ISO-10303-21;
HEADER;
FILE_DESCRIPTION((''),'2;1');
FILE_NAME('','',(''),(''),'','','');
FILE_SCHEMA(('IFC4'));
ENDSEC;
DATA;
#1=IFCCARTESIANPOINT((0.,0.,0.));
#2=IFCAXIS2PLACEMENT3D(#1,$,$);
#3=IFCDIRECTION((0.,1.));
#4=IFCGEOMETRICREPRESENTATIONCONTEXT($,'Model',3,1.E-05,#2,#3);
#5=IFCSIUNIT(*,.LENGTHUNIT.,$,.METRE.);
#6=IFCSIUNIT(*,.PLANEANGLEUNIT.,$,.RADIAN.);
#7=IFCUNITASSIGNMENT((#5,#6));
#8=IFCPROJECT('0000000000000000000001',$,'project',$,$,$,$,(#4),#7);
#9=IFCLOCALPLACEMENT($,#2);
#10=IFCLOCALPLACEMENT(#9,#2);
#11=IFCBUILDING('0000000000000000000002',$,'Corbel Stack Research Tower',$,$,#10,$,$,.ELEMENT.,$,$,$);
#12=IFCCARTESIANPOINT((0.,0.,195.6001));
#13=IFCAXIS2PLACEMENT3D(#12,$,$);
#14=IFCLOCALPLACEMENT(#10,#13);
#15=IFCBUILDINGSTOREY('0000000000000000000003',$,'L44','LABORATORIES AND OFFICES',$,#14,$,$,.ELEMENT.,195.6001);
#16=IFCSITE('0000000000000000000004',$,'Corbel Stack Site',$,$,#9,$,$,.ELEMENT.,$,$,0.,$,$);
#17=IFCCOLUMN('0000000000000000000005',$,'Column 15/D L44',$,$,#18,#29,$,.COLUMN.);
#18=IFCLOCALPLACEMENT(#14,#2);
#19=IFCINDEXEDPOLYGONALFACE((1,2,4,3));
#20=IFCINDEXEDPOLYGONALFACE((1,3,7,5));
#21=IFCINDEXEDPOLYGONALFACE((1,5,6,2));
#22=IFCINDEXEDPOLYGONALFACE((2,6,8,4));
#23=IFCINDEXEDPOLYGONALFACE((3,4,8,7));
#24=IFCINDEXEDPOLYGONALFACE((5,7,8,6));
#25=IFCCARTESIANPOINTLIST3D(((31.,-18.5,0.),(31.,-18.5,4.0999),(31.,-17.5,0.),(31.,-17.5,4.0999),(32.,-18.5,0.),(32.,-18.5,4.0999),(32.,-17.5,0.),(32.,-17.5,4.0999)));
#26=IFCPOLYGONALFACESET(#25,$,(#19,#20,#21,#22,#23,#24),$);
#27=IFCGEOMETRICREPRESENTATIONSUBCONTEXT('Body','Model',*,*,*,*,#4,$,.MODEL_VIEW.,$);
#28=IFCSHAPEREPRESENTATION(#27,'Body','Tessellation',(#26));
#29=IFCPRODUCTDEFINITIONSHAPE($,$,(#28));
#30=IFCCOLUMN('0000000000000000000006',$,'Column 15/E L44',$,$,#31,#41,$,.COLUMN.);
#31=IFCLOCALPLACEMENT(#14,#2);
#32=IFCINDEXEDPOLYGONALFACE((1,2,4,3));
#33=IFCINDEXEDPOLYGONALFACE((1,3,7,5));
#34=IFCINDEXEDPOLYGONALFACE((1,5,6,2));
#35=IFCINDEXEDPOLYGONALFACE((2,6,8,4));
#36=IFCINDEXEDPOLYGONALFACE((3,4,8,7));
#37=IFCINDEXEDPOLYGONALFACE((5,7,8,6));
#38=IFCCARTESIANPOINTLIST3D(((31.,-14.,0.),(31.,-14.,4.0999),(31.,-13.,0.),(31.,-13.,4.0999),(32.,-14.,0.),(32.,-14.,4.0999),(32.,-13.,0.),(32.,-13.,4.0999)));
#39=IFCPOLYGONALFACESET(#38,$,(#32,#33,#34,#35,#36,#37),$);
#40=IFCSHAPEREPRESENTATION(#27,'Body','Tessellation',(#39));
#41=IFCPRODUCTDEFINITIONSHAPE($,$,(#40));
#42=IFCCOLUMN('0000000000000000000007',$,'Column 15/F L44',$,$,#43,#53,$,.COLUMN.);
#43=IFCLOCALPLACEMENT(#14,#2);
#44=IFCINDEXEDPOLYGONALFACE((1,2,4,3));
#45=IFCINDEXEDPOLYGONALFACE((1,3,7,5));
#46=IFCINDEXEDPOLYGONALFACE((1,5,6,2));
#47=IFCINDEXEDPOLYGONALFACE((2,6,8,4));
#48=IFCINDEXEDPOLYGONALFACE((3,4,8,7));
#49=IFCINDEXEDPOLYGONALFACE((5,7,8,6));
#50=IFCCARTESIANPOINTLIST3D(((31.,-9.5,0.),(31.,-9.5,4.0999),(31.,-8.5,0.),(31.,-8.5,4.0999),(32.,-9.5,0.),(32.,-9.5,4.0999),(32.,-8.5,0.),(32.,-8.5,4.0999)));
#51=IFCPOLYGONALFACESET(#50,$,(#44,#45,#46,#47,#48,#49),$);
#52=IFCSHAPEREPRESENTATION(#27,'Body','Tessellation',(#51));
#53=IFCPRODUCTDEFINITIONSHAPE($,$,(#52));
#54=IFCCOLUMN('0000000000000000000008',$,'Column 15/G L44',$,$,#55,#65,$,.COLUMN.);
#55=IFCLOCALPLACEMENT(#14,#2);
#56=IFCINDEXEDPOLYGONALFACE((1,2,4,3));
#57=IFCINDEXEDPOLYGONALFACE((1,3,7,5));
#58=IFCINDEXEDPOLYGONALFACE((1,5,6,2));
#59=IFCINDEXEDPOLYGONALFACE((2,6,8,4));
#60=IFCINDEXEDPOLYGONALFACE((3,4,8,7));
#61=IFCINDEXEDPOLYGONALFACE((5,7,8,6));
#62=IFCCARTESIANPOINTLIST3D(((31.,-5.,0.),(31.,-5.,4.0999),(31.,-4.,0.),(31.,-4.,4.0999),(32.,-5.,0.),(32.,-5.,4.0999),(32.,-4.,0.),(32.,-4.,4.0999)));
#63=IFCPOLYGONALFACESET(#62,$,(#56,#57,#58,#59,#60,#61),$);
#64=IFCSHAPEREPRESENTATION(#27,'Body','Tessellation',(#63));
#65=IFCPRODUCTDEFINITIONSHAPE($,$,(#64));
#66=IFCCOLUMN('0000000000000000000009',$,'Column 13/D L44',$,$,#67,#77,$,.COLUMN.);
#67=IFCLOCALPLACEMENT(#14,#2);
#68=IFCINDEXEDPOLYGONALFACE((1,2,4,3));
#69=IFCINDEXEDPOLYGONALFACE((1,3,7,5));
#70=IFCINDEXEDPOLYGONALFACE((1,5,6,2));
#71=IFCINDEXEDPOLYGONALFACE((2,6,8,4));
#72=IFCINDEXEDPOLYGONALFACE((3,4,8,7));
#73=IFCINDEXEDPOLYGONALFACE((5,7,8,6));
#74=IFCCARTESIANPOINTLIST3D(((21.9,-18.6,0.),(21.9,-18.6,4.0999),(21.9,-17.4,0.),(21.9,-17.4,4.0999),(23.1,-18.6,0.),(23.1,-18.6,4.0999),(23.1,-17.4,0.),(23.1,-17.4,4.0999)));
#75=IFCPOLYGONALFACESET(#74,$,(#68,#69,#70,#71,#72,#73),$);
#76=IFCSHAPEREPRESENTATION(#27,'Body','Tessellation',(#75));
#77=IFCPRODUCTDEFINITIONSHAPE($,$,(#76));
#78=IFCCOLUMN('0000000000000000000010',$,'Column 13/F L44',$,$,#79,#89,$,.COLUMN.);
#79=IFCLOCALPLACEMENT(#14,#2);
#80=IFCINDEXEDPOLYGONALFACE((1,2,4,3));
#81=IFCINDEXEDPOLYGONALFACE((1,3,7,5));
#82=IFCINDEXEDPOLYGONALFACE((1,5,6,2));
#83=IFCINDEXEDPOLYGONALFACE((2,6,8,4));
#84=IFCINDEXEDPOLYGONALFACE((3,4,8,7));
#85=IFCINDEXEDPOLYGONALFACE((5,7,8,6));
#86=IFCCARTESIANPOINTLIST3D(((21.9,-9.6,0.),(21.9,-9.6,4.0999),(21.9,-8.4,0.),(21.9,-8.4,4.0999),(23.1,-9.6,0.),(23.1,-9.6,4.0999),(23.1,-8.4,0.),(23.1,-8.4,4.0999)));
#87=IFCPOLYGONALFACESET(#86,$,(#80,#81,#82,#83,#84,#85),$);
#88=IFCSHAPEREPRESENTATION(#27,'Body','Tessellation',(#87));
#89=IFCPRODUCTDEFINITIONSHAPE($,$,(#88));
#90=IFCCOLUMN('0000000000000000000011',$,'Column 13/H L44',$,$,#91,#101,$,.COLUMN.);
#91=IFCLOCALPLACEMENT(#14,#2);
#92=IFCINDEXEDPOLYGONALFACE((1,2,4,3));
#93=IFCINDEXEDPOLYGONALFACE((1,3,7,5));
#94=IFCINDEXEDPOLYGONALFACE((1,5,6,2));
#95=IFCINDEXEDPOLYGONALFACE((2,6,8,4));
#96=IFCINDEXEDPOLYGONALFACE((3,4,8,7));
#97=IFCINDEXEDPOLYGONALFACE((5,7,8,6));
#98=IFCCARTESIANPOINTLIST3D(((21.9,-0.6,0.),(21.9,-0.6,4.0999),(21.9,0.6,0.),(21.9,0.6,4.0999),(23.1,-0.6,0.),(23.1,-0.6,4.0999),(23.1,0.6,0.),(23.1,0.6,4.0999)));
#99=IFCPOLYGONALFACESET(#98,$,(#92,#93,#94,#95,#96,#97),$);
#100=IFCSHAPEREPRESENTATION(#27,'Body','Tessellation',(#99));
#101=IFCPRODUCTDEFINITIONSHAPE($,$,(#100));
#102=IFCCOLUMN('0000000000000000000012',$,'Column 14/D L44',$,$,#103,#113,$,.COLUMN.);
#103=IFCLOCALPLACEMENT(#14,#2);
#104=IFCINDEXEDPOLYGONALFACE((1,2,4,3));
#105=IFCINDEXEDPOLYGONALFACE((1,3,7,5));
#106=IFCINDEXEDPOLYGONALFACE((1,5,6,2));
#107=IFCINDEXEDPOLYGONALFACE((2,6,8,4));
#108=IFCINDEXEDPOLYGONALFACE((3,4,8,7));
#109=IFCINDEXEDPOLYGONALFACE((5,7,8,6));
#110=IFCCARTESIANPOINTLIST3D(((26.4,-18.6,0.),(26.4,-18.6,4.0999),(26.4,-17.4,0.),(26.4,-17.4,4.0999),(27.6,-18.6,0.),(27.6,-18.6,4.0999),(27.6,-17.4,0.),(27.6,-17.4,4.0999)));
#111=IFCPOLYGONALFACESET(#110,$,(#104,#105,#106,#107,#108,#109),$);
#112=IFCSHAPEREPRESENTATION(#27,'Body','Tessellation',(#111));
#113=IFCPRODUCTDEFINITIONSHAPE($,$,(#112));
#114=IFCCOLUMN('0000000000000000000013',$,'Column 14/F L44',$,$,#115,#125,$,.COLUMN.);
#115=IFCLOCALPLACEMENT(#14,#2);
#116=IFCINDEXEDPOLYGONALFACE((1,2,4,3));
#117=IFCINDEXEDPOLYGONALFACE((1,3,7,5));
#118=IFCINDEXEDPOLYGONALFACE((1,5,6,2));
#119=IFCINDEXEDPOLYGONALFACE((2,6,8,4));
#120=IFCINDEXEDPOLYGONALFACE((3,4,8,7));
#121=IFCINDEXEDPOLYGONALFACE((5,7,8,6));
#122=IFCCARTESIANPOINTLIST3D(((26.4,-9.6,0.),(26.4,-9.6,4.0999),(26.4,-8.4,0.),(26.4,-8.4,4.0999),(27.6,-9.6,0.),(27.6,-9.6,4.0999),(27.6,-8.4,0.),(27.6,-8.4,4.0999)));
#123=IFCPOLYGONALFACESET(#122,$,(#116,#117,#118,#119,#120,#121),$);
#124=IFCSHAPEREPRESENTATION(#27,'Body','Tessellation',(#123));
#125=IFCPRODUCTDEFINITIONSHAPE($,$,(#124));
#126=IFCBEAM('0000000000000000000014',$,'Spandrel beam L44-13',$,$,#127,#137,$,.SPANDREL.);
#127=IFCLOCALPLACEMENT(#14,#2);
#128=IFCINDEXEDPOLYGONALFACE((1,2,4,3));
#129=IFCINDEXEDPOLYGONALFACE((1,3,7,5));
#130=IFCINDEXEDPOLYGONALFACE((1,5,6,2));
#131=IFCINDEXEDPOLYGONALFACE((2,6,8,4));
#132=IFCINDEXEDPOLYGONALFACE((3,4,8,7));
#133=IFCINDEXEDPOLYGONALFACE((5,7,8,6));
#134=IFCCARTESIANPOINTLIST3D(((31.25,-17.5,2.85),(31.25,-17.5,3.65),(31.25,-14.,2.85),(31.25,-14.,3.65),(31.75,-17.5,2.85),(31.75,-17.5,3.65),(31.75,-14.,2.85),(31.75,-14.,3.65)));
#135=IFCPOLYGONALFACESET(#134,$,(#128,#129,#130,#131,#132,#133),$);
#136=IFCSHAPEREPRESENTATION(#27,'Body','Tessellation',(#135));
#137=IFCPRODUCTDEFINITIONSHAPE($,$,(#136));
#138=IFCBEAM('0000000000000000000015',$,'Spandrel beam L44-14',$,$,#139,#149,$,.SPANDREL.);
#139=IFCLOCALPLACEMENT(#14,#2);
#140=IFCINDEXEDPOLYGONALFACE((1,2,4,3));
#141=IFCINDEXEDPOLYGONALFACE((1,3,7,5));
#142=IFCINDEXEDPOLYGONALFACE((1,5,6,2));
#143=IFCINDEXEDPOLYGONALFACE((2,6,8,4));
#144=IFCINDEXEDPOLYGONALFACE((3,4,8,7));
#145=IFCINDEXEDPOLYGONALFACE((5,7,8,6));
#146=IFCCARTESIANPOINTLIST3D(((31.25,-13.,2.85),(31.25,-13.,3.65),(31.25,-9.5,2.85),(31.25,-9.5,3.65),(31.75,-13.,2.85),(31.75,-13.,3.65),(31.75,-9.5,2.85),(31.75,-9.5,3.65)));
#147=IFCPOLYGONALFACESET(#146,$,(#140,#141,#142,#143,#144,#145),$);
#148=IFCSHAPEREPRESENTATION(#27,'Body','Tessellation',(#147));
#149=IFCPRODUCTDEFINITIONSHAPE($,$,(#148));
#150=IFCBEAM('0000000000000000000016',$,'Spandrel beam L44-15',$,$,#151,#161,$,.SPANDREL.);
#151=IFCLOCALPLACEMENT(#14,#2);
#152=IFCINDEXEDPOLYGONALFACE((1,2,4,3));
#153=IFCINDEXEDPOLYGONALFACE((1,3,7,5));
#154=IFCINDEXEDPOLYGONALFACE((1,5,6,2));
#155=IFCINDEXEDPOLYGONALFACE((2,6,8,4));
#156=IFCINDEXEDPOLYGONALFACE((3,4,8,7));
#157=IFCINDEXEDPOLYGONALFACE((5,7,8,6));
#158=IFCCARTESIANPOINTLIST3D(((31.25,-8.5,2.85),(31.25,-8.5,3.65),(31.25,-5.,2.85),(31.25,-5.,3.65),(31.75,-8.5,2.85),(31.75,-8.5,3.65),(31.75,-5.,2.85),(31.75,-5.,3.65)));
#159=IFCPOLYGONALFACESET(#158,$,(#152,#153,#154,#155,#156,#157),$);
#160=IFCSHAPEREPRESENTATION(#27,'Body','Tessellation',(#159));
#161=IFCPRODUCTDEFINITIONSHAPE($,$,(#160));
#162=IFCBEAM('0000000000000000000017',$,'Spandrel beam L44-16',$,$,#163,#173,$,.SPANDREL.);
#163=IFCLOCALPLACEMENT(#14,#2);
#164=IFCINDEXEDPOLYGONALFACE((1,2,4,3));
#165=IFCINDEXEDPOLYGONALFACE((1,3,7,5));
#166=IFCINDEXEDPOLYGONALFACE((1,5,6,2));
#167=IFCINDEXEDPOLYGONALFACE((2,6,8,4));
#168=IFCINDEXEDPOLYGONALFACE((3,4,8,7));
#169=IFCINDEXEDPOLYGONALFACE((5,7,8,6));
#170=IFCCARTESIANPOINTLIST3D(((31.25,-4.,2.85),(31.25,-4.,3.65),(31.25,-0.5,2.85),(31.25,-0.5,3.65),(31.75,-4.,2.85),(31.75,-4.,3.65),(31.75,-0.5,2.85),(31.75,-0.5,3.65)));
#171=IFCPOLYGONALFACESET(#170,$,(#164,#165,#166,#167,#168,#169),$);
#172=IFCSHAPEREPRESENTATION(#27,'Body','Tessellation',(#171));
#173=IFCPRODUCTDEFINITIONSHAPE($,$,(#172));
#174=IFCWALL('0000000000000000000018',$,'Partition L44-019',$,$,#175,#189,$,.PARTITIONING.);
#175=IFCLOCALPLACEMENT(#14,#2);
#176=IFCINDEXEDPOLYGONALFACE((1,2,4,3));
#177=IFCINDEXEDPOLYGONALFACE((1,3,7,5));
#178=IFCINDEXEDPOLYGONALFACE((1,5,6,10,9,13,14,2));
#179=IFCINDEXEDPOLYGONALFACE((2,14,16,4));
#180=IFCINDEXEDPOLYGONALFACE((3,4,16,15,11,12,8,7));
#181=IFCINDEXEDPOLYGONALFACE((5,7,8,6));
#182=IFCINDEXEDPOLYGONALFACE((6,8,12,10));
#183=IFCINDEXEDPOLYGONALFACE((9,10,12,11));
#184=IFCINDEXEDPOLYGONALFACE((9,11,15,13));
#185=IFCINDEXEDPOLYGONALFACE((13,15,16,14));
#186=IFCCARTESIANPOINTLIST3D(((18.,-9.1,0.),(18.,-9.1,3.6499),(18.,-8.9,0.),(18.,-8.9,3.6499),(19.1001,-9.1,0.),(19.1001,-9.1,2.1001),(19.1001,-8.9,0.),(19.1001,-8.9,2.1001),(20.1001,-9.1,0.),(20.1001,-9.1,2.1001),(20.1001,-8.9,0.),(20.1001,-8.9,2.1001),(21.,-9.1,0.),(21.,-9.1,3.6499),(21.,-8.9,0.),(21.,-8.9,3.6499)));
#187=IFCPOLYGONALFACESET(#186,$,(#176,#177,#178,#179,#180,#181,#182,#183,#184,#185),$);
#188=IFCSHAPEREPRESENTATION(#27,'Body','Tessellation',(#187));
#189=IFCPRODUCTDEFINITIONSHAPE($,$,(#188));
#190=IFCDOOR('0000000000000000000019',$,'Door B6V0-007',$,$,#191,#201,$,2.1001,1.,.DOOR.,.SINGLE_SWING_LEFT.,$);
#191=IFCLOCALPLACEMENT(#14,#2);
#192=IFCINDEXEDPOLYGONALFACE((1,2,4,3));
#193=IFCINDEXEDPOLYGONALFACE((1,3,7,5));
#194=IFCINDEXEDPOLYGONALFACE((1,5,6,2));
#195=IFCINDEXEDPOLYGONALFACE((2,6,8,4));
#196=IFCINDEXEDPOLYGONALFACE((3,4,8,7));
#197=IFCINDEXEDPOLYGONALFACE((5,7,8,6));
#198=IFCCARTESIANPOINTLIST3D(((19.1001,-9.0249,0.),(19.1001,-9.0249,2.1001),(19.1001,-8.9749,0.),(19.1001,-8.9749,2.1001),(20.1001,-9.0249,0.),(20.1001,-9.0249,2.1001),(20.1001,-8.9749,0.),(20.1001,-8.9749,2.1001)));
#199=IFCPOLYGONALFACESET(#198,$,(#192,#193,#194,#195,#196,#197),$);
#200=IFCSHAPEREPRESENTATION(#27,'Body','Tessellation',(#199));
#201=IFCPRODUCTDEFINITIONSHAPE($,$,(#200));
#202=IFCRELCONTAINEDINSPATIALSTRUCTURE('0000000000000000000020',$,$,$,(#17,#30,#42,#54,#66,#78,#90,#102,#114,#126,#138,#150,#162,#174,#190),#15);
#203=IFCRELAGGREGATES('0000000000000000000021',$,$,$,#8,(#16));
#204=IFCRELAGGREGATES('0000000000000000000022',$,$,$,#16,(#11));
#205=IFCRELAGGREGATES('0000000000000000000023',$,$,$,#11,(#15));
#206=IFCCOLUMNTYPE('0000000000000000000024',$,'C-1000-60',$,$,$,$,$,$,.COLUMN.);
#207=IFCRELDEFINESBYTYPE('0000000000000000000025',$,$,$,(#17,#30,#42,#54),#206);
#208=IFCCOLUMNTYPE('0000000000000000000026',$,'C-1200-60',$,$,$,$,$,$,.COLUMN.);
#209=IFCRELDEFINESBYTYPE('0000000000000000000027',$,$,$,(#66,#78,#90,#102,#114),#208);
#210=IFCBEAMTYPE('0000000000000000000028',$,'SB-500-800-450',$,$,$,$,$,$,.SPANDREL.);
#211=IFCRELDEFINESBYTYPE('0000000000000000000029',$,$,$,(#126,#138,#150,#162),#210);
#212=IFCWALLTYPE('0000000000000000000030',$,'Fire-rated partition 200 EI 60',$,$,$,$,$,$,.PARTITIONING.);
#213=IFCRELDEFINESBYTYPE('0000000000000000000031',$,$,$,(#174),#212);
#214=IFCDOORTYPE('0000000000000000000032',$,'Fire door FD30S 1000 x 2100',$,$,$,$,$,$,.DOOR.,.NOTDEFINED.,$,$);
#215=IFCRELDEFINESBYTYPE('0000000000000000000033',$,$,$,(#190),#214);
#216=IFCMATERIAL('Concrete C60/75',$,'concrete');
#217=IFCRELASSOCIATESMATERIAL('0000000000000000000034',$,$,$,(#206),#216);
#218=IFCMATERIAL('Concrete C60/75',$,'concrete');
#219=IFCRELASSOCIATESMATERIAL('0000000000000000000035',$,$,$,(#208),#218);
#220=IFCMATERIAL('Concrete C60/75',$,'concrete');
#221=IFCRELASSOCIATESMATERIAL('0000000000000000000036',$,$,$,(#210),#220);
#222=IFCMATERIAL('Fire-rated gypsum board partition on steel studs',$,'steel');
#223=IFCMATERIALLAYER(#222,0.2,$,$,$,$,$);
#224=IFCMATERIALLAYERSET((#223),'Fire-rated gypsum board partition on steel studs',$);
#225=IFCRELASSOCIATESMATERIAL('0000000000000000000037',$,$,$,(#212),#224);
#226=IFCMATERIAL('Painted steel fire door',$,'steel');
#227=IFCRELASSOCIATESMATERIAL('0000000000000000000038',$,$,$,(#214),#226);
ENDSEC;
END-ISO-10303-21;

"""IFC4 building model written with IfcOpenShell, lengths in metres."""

from ifc_helpers import new_model, si_unit, direction, frame, frame_2d, origin, origin_2d, place, context, subcontext, project, spatial, rectangle, extrude, material, layer, layer_set, material_profile, profile_set, type_object, element, fill, save


model = new_model("IFC4")

# Units and contexts
model_context = context("Model", 3, precision=1e-05, world=origin(), true_north=direction((0.0, 1.0)))
body_context = subcontext(model_context, "Body", "Model", "MODEL_VIEW")
ifc_project = project(units=[si_unit("LENGTHUNIT", "METRE"), si_unit("PLANEANGLEUNIT", "RADIAN")], contexts=[model_context])

# Site, building, storey
site_placement = place(None, origin())
site = spatial("IfcSite", under=ifc_project, at=site_placement, Name="Corbel Stack Site", CompositionType="ELEMENT", RefElevation=0.0)
building_placement = place(site_placement, origin())
building = spatial("IfcBuilding", under=site, at=building_placement, Name="Corbel Stack Research Tower", CompositionType="ELEMENT")
storey_placement = place(building_placement, frame((0.0, 0.0, 195.6001)))
storey = spatial("IfcBuildingStorey", under=building, at=storey_placement, Name="L44", Description="LABORATORIES AND OFFICES", CompositionType="ELEMENT", Elevation=195.6001)

# Columns
ifc_material_1 = material(Name="Concrete C60/75", Category="concrete")
ifc_material_profile_1 = material_profile(ifc_material_1, rectangle(XDim=1.0, YDim=1.0, at=origin_2d()), Name="RC 1000 x 1000")
ifc_profile_set_1 = profile_set([ifc_material_profile_1], Name="Concrete C60/75")
column_type_1 = type_object("IfcColumnType", Name="C-1000-60", PredefinedType="COLUMN", material=ifc_profile_set_1)
for number, where, z_axis, x_axis, name in (
    (1, (31.5, -18.0, 0.0), (0.0, 0.0, 1.0), (1.0, 0.0, 0.0), "Column 15/D L44"),
    (2, (31.5, -13.5, 0.0), (0.0, 0.0, 1.0), (1.0, 0.0, 0.0), "Column 15/E L44"),
    (3, (31.5, -9.0, 0.0), (0.0, 0.0, 1.0), (1.0, 0.0, 0.0), "Column 15/F L44"),
    (4, (31.5, -4.5, 0.0), (0.0, 0.0, 1.0), (1.0, 0.0, 0.0), "Column 15/G L44"),
):
    element("IfcColumn", number, at=place(storey_placement, frame(where, z_axis=z_axis, x_axis=x_axis)), inside=storey, type_object=column_type_1, Name=name, PredefinedType="COLUMN", context=body_context, shape_type="SweptSolid", body=[
        extrude(rectangle(XDim=1.0, YDim=1.0, at=origin_2d()), origin(), (0.0, 0.0, 1.0), 4.0999),
    ])
ifc_material_2 = material(Name="Concrete C60/75", Category="concrete")
ifc_material_profile_2 = material_profile(ifc_material_2, rectangle(XDim=1.2, YDim=1.2, at=origin_2d()), Name="RC 1200 x 1200")
ifc_profile_set_2 = profile_set([ifc_material_profile_2], Name="Concrete C60/75")
column_type_2 = type_object("IfcColumnType", Name="C-1200-60", PredefinedType="COLUMN", material=ifc_profile_set_2)
for number, where, z_axis, x_axis, name in (
    (5, (22.5, -18.0, 0.0), (0.0, 0.0, 1.0), (1.0, 0.0, 0.0), "Column 13/D L44"),
    (6, (22.5, -9.0, 0.0), (0.0, 0.0, 1.0), (1.0, 0.0, 0.0), "Column 13/F L44"),
    (7, (22.5, 0.0, 0.0), (0.0, 0.0, 1.0), (1.0, 0.0, 0.0), "Column 13/H L44"),
    (8, (27.0, -18.0, 0.0), (0.0, 0.0, 1.0), (1.0, 0.0, 0.0), "Column 14/D L44"),
    (9, (27.0, -9.0, 0.0), (0.0, 0.0, 1.0), (1.0, 0.0, 0.0), "Column 14/F L44"),
):
    element("IfcColumn", number, at=place(storey_placement, frame(where, z_axis=z_axis, x_axis=x_axis)), inside=storey, type_object=column_type_2, Name=name, PredefinedType="COLUMN", context=body_context, shape_type="SweptSolid", body=[
        extrude(rectangle(XDim=1.2, YDim=1.2, at=origin_2d()), origin(), (0.0, 0.0, 1.0), 4.0999),
    ])

# Beams
ifc_material_3 = material(Name="Concrete C60/75", Category="concrete")
ifc_material_profile_3 = material_profile(ifc_material_3, rectangle(XDim=0.5, YDim=0.8, at=origin_2d()), Name="RC 500 x 800")
ifc_profile_set_3 = profile_set([ifc_material_profile_3], Name="Concrete C60/75")
beam_type = type_object("IfcBeamType", Name="SB-500-800-450", PredefinedType="SPANDREL", material=ifc_profile_set_3)
for number, where, z_axis, x_axis, name in (
    (10, (31.5, -17.5, 3.25), (0.0, 1.0, 0.0), (-1.0, 0.0, 0.0), "Spandrel beam L44-13"),
    (11, (31.5, -13.0, 3.25), (0.0, 1.0, 0.0), (-1.0, 0.0, 0.0), "Spandrel beam L44-14"),
    (12, (31.5, -8.5, 3.25), (0.0, 1.0, 0.0), (-1.0, 0.0, 0.0), "Spandrel beam L44-15"),
    (13, (31.5, -4.0, 3.25), (0.0, 1.0, 0.0), (-1.0, 0.0, 0.0), "Spandrel beam L44-16"),
):
    element("IfcBeam", number, at=place(storey_placement, frame(where, z_axis=z_axis, x_axis=x_axis)), inside=storey, type_object=beam_type, Name=name, PredefinedType="SPANDREL", context=body_context, shape_type="SweptSolid", body=[
        extrude(rectangle(XDim=0.5, YDim=0.8, at=origin_2d()), origin(), (0.0, 0.0, 1.0), 3.5),
    ])

# Wall, opening, door
ifc_material_4 = material(Name="Fire-rated gypsum board partition on steel studs", Category="steel")
ifc_layer_1 = layer(ifc_material_4, 0.2)
ifc_layer_set_1 = layer_set([ifc_layer_1], Name="Fire-rated gypsum board partition on steel studs")
wall_type_1 = type_object("IfcWallType", Name="Fire-rated partition 200 EI 60", PredefinedType="PARTITIONING", material=ifc_layer_set_1)
wall_1_placement = place(storey_placement, frame((21.0, -9.0, 0.0), z_axis=(0.0, 0.0, 1.0), x_axis=(-1.0, 0.0, 0.0)))
wall_1 = element("IfcWall", 14, at=wall_1_placement, inside=storey, type_object=wall_type_1, Name="Partition L44-019", PredefinedType="PARTITIONING", context=body_context, shape_type="SweptSolid", body=[
    extrude(rectangle(XDim=3.0, YDim=0.2, at=frame_2d((1.5, 0.0))), origin(), (0.0, 0.0, 1.0), 3.6499),
])
opening_1_placement = place(wall_1_placement, frame((0.8999, 0.0, 0.0)))
opening_1 = element("IfcOpeningElement", 15, at=opening_1_placement, cuts=wall_1, PredefinedType="OPENING", context=body_context, shape_type="SweptSolid", body=[
    extrude(rectangle(XDim=1.0, YDim=2.1001, at=frame_2d((0.5, 1.05))), frame((0.0, 0.1099, 0.0), z_axis=(0.0, -1.0, 0.0), x_axis=(1.0, 0.0, 0.0)), (0.0, 0.0, 1.0), 0.22),
])
ifc_material_5 = material(Name="Painted steel fire door", Category="steel")
door_type_1 = type_object("IfcDoorType", Name="Fire door FD30S 1000 x 2100", OperationType="NOTDEFINED", PredefinedType="DOOR", material=ifc_material_5)
door_1_placement = place(opening_1_placement, origin())
door_1 = element("IfcDoor", 16, at=door_1_placement, inside=storey, type_object=door_type_1, Name="Door B6V0-007", OperationType="SINGLE_SWING_LEFT", OverallHeight=2.1001, OverallWidth=1.0, PredefinedType="DOOR", context=body_context, shape_type="SweptSolid", body=[
    extrude(rectangle(XDim=1.0, YDim=2.1001, at=frame_2d((0.5, 1.05))), frame((0.0, 0.0249, 0.0), z_axis=(0.0, -1.0, 0.0), x_axis=(1.0, 0.0, 0.0)), (0.0, 0.0, 1.0), 0.05),
])
fill(opening_1, door_1)

save(model, "model.ifc")
